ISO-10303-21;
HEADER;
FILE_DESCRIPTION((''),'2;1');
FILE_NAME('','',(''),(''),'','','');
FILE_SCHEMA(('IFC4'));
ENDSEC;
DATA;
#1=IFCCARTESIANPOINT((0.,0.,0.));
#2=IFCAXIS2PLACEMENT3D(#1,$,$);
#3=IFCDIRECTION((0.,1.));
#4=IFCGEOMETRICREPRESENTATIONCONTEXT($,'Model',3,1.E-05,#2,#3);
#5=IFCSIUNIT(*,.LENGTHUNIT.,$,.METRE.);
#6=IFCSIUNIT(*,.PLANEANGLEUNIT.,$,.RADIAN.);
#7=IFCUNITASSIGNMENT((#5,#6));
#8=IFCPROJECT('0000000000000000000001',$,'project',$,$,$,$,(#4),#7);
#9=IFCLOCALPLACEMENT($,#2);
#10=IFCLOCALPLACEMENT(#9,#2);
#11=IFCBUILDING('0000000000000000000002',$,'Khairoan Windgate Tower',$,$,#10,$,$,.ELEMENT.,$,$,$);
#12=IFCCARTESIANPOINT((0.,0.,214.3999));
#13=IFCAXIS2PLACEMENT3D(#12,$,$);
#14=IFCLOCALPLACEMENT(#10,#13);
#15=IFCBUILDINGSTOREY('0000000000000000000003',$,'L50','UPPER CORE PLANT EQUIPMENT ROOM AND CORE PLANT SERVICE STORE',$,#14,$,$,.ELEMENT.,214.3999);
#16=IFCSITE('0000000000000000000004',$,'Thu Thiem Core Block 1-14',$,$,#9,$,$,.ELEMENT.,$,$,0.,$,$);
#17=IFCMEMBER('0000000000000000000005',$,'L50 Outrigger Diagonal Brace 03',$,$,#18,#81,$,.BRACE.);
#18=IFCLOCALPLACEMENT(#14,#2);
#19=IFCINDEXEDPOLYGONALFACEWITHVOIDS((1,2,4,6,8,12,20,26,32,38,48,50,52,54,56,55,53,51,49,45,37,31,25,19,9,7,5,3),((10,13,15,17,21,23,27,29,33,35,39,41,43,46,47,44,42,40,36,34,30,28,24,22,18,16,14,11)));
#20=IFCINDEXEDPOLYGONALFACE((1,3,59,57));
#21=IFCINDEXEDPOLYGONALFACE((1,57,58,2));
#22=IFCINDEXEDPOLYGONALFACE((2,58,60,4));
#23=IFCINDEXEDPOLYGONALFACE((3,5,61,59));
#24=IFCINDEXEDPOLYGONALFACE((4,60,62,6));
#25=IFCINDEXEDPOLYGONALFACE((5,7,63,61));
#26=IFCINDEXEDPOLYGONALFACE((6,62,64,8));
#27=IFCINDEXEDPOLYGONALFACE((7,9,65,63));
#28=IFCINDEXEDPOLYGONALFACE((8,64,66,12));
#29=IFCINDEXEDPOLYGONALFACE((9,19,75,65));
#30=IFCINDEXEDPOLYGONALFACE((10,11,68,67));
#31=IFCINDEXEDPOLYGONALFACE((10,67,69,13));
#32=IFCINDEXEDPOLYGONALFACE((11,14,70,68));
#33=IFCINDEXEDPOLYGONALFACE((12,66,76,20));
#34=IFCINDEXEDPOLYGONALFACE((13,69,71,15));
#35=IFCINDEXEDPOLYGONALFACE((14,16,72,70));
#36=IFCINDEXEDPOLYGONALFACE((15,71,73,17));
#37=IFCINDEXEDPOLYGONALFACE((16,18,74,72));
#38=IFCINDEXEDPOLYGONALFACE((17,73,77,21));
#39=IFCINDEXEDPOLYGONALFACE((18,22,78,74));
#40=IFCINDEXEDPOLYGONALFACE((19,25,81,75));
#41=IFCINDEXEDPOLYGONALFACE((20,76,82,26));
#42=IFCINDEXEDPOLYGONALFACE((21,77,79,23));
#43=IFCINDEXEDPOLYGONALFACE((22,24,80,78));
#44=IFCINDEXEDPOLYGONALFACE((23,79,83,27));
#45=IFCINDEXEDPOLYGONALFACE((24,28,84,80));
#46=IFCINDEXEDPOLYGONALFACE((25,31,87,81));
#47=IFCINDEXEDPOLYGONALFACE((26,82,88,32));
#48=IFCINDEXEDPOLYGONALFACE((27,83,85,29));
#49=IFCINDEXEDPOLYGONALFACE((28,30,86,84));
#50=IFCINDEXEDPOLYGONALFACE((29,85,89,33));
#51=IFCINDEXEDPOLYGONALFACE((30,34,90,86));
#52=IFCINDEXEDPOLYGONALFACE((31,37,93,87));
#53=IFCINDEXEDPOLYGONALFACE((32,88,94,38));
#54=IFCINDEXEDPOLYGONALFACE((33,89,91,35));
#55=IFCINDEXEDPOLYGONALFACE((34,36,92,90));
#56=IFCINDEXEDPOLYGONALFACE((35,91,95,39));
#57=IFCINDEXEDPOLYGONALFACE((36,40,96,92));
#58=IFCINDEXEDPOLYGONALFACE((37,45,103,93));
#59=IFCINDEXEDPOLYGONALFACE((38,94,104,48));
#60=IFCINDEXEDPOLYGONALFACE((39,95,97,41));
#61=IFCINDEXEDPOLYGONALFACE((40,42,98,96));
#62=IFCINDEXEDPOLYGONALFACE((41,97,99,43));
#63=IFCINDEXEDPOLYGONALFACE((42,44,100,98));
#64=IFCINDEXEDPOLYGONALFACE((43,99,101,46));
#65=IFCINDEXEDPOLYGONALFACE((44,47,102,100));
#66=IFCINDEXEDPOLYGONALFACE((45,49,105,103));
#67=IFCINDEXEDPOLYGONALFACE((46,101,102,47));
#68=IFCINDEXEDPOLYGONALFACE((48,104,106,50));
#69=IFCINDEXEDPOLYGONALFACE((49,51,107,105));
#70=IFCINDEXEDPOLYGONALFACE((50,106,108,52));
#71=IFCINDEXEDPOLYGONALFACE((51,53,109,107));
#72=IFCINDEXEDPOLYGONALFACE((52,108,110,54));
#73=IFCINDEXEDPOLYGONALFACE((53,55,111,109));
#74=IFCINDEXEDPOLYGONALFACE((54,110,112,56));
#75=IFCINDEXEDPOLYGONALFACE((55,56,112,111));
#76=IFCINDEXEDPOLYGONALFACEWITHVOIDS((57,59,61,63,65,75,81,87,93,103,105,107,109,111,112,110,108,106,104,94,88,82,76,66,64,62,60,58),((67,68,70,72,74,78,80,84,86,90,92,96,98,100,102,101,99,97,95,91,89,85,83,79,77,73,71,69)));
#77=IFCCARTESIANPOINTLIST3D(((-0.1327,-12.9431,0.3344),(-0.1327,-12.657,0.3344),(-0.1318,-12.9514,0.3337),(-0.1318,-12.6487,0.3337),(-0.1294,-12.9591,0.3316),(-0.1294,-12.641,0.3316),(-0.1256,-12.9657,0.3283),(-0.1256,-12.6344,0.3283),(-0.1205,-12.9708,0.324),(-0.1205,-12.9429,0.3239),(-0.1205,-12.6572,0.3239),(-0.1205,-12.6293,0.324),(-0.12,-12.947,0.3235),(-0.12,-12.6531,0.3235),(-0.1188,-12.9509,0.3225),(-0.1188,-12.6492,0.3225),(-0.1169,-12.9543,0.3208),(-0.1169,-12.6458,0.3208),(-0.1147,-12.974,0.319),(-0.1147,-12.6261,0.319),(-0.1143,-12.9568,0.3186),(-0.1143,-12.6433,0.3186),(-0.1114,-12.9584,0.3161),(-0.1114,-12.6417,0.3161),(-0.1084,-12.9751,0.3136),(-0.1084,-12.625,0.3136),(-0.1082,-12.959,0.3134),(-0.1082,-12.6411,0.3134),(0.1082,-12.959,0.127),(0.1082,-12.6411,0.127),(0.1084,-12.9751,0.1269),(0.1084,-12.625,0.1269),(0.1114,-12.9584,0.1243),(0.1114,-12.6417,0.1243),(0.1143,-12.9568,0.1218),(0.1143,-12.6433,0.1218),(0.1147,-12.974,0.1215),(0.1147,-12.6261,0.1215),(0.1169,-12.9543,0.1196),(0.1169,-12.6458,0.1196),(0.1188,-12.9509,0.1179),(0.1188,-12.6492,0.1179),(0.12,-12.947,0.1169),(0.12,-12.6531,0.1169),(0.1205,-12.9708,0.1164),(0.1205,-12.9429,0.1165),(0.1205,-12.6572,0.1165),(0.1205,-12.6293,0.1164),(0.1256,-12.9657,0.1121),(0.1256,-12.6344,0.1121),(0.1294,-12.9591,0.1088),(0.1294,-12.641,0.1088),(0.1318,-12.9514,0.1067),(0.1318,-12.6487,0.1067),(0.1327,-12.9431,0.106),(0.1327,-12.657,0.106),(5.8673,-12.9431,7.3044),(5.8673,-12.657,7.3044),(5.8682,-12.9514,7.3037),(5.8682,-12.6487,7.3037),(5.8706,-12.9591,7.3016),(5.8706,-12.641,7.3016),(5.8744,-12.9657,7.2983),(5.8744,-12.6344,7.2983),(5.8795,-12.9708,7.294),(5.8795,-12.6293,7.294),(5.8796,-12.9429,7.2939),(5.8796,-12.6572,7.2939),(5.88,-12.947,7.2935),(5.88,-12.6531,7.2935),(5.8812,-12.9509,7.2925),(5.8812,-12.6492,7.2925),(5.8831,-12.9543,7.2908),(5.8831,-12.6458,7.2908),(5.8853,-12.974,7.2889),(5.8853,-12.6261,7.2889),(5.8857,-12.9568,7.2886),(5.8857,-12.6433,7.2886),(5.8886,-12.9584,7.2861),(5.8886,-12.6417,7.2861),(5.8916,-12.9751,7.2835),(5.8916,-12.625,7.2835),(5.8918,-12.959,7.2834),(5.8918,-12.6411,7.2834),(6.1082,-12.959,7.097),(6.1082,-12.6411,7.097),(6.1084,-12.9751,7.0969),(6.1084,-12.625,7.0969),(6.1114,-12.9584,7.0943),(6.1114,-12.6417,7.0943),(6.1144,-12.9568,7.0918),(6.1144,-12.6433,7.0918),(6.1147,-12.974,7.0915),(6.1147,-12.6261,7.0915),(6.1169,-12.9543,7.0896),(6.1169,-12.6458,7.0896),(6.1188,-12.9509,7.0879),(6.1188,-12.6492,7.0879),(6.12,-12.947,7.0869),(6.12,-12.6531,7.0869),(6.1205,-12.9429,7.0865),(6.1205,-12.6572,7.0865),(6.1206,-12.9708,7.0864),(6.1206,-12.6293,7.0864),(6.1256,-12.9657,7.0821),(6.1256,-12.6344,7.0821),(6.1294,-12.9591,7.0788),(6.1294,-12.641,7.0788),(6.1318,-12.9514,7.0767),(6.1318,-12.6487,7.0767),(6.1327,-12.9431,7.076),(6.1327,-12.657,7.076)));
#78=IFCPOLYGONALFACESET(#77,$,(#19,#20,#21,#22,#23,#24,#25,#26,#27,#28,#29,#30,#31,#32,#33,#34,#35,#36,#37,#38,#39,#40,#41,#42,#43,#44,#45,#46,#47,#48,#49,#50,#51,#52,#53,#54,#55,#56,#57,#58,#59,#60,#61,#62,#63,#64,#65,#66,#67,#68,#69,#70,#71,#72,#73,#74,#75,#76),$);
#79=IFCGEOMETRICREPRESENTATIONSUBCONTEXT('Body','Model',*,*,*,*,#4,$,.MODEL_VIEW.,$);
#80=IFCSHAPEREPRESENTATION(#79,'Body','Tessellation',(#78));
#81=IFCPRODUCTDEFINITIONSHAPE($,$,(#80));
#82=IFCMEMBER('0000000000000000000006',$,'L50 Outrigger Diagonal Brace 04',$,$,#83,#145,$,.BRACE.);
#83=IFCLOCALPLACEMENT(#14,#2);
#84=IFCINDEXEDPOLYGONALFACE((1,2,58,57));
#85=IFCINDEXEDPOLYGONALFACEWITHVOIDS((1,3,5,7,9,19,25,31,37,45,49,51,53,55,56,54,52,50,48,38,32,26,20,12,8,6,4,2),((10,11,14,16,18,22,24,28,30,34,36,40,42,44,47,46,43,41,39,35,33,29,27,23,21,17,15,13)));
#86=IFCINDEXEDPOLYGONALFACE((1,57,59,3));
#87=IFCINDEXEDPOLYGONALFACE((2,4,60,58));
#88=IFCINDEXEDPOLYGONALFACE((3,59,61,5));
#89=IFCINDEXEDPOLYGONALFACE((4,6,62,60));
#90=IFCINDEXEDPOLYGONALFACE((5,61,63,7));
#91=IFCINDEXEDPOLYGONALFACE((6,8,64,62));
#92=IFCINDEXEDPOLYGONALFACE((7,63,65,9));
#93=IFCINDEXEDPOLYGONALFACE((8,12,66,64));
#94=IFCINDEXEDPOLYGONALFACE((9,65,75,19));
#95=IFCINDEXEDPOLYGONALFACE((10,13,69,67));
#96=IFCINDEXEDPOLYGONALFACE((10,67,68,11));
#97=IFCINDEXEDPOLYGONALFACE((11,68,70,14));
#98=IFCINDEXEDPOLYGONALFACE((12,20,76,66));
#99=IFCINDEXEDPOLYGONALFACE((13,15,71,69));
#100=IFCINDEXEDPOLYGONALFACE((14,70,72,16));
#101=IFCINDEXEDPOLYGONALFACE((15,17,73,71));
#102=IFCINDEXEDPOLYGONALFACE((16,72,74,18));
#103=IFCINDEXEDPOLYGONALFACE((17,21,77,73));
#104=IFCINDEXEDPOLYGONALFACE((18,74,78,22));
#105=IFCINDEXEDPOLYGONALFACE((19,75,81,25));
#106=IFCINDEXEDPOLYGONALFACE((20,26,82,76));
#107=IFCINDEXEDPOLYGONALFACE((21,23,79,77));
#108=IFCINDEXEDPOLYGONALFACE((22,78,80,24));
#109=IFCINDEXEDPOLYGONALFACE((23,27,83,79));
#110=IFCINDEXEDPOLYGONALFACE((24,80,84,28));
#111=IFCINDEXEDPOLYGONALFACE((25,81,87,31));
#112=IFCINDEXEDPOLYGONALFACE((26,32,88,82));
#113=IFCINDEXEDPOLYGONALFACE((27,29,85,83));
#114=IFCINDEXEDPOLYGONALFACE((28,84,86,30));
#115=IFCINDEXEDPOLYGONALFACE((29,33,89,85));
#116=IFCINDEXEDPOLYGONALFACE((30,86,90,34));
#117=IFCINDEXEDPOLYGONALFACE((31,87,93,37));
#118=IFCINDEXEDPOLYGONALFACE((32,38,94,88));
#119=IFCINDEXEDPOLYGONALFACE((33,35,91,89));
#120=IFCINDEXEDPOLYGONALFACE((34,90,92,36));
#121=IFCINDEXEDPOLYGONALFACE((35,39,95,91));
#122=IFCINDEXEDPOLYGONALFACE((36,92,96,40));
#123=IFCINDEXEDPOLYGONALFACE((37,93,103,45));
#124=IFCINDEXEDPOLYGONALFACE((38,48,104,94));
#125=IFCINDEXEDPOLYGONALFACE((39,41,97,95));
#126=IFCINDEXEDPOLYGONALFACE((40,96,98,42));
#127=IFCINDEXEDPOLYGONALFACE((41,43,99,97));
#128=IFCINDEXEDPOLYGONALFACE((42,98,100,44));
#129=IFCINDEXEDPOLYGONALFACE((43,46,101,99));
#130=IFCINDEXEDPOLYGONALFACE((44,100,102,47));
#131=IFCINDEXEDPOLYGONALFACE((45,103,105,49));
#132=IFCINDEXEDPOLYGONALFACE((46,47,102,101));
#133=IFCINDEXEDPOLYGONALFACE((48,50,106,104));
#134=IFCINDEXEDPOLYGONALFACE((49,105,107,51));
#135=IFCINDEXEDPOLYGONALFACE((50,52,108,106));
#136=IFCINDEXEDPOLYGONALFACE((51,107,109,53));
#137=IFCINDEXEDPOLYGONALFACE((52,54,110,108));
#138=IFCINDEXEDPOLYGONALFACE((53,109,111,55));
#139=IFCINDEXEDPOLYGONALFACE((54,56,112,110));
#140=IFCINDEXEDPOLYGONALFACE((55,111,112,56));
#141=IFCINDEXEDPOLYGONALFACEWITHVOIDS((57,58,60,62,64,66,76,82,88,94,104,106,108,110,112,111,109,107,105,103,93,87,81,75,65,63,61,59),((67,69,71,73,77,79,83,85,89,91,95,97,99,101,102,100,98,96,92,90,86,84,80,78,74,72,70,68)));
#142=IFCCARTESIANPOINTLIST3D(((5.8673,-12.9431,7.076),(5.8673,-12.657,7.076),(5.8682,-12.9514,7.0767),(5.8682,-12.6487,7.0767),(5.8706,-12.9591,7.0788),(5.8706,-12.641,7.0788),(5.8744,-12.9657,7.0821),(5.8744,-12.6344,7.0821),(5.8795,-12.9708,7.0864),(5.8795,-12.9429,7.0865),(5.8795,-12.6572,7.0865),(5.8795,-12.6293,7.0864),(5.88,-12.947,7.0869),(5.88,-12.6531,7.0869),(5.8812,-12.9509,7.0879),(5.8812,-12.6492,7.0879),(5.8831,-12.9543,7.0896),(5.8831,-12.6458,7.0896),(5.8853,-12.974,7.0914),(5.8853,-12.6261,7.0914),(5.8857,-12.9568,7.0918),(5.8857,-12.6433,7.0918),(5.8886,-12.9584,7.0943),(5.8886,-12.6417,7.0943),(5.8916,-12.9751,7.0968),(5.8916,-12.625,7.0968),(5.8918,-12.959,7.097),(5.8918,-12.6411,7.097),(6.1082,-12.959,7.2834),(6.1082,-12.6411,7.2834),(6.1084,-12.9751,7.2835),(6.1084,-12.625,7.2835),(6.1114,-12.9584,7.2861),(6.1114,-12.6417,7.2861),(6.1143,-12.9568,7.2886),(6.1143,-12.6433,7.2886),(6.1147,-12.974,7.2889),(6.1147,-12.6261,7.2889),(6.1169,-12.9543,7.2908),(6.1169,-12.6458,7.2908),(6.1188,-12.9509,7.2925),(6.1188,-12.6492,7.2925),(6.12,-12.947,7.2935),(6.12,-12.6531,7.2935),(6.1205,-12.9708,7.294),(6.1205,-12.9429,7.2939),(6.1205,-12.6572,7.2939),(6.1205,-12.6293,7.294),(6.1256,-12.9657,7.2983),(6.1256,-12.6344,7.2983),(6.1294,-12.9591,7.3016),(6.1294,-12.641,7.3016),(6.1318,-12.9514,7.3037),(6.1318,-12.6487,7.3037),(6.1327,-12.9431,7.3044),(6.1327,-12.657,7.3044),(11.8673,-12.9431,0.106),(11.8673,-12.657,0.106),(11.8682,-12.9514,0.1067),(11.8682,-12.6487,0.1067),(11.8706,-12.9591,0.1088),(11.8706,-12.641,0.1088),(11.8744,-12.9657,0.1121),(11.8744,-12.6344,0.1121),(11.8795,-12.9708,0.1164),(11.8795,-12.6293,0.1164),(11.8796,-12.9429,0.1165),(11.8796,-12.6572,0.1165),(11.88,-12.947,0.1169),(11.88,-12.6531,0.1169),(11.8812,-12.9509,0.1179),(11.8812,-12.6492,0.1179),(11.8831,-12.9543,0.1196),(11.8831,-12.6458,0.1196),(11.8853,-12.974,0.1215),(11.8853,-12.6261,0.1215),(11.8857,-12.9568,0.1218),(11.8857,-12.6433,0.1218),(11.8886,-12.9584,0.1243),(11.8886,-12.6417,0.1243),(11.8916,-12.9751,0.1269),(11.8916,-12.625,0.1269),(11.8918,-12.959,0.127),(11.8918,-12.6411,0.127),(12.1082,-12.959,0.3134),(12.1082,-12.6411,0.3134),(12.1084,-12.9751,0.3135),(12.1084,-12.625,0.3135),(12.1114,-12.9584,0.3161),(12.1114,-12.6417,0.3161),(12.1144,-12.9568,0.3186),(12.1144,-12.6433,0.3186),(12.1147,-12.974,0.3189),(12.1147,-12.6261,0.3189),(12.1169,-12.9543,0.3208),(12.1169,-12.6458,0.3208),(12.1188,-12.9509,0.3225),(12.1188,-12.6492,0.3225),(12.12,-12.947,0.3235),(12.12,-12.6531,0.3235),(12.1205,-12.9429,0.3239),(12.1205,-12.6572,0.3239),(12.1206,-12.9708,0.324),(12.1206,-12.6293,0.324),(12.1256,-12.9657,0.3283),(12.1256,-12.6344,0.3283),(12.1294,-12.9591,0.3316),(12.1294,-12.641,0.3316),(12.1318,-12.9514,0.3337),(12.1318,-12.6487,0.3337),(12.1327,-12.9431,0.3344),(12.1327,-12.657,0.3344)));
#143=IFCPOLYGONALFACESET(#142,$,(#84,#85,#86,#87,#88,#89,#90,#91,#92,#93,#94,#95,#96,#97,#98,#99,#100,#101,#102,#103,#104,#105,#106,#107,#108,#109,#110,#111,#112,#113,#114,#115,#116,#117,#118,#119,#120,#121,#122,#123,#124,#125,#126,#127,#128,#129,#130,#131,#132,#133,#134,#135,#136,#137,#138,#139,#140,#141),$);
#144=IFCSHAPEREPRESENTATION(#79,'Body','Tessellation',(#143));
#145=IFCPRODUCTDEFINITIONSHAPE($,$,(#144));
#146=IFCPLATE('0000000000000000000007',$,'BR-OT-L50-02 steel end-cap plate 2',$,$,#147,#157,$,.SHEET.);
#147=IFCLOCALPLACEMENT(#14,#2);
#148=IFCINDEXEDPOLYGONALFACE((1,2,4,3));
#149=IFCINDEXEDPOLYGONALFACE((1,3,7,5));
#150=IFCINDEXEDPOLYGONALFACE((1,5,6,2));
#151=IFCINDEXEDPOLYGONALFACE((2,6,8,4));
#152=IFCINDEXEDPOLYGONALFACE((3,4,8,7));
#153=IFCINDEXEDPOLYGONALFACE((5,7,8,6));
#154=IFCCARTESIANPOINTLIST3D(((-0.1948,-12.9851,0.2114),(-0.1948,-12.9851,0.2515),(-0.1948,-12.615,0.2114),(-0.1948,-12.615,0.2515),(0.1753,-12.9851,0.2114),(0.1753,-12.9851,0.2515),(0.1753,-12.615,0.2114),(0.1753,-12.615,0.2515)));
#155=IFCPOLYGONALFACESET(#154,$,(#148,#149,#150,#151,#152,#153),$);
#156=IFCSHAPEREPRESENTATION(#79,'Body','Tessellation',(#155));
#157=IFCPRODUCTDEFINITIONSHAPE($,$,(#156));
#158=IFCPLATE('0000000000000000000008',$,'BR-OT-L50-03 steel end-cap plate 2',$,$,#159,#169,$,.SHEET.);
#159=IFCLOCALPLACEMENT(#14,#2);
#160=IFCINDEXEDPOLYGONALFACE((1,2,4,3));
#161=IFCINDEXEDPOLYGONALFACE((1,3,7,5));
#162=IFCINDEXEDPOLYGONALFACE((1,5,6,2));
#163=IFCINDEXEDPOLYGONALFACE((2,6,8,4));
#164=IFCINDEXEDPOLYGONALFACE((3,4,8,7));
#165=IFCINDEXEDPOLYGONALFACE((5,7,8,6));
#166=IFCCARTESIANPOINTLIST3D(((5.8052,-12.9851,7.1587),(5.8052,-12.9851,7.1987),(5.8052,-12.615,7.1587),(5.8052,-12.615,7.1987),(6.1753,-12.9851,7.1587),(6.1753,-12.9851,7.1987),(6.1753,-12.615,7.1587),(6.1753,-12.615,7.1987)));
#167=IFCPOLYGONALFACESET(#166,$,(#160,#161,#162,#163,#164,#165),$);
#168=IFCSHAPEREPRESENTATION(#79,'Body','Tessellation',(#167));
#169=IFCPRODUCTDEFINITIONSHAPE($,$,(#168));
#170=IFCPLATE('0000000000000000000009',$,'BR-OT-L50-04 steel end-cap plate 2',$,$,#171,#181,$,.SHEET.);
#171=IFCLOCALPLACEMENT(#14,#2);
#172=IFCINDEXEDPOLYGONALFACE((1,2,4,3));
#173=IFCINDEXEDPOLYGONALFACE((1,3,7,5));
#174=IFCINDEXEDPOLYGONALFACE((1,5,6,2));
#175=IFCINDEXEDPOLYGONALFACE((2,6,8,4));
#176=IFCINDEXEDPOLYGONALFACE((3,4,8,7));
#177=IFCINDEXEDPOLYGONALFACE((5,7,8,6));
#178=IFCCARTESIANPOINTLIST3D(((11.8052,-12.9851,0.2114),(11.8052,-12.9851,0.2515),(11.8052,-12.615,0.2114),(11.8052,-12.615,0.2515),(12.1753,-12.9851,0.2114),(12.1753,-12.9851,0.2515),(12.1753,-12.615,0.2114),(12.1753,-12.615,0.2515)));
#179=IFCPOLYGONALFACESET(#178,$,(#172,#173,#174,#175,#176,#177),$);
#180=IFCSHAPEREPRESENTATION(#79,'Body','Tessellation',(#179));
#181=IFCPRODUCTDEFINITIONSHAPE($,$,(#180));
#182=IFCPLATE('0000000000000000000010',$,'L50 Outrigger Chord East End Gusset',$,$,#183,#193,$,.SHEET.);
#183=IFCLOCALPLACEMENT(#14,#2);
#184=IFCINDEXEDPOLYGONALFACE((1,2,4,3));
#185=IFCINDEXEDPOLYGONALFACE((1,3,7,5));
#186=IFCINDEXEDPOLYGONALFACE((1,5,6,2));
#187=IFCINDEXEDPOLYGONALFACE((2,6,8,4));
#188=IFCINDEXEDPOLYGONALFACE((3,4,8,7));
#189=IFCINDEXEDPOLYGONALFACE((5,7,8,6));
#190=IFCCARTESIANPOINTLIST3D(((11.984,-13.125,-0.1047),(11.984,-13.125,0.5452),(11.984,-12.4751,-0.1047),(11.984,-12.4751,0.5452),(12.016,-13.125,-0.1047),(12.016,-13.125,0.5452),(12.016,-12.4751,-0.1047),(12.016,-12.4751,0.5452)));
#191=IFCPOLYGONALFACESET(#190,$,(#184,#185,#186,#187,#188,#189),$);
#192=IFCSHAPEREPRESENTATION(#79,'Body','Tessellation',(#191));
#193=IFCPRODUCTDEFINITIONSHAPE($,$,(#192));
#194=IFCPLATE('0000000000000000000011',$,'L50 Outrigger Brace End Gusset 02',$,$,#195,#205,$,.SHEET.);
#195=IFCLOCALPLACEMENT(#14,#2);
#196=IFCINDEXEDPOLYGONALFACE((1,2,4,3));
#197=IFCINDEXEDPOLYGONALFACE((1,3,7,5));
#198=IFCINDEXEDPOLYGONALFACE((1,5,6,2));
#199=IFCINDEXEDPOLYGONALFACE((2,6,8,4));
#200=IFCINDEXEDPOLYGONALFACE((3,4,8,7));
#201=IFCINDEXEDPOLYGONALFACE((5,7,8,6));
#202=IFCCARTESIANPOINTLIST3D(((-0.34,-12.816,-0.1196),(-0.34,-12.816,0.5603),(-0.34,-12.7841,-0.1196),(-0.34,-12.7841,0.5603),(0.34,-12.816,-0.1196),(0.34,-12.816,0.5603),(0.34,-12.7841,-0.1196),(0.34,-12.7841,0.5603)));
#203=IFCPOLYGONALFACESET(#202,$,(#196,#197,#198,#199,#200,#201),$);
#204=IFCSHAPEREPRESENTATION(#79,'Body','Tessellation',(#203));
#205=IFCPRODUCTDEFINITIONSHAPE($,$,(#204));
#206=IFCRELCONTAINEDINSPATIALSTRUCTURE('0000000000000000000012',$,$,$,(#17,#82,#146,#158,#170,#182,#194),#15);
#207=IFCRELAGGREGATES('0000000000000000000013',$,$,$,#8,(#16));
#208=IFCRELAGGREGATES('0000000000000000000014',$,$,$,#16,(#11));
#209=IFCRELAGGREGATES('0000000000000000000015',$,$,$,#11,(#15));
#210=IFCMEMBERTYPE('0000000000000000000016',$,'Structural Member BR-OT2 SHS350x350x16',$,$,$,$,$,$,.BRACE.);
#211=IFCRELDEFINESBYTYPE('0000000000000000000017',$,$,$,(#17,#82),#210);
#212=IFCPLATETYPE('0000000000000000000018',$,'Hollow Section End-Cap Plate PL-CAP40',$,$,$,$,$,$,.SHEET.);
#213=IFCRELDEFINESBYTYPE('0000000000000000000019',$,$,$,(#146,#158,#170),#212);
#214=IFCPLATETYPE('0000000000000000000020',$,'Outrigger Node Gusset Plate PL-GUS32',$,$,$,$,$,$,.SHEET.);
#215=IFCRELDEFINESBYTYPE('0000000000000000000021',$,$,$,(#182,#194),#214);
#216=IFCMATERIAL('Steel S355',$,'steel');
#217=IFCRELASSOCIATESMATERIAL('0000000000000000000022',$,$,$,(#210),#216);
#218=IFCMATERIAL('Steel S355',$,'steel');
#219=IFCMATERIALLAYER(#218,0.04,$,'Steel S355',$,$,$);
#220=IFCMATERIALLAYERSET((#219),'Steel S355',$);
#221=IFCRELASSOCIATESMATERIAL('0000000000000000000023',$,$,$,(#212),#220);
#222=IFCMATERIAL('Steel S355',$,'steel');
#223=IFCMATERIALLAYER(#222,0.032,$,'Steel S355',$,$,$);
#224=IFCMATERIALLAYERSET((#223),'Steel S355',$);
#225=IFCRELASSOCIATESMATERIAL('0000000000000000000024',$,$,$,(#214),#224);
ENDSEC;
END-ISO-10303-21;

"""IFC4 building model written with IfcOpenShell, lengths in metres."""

from ifc_helpers import new_model, si_unit, direction, frame, origin, origin_2d, place, context, subcontext, project, spatial, rectangle, hollow_rectangle, extrude, material, layer, layer_set, material_profile, profile_set, type_object, element, save


model = new_model("IFC4")

# Units and contexts
model_context = context("Model", 3, precision=1e-05, world=origin(), true_north=direction((0.0, 1.0)))
body_context = subcontext(model_context, "Body", "Model", "MODEL_VIEW")
ifc_project = project(units=[si_unit("LENGTHUNIT", "METRE"), si_unit("PLANEANGLEUNIT", "RADIAN")], contexts=[model_context])

# Site, building, storey
site_placement = place(None, origin())
site = spatial("IfcSite", under=ifc_project, at=site_placement, Name="Thu Thiem Core Block 1-14", CompositionType="ELEMENT", RefElevation=0.0)
building_placement = place(site_placement, origin())
building = spatial("IfcBuilding", under=site, at=building_placement, Name="Khairoan Windgate Tower", CompositionType="ELEMENT")
storey_placement = place(building_placement, frame((0.0, 0.0, 214.3999)))
storey = spatial("IfcBuildingStorey", under=building, at=storey_placement, Name="L50", Description="UPPER CORE PLANT EQUIPMENT ROOM AND CORE PLANT SERVICE STORE", CompositionType="ELEMENT", Elevation=214.3999)

# Members
ifc_material_1 = material(Name="Steel S355", Category="steel")
ifc_material_profile_1 = material_profile(ifc_material_1, hollow_rectangle(XDim=0.3501, YDim=0.3501, WallThickness=0.0161, InnerFilletRadius=0.0161, OuterFilletRadius=0.032, at=origin_2d()))
ifc_profile_set_1 = profile_set([ifc_material_profile_1], Name="Steel S355")
member_type = type_object("IfcMemberType", Name="Structural Member BR-OT2 SHS350x350x16", PredefinedType="BRACE", material=ifc_profile_set_1)
for number, where, z_axis, x_axis, name in (
    (1, (0.0, -12.8, 0.2202), (0.652403, 0.0, 0.757872), (0.0, 1.0, 0.0), "L50 Outrigger Diagonal Brace 03"),
    (2, (6.0, -12.8, 7.1902), (0.652403, 0.0, -0.757872), (0.0, 1.0, 0.0), "L50 Outrigger Diagonal Brace 04"),
):
    element("IfcMember", number, at=place(storey_placement, frame(where, z_axis=z_axis, x_axis=x_axis)), inside=storey, type_object=member_type, Name=name, PredefinedType="BRACE", context=body_context, shape_type="SweptSolid", body=[
        extrude(hollow_rectangle(XDim=0.3501, YDim=0.3501, WallThickness=0.0161, InnerFilletRadius=0.0161, OuterFilletRadius=0.032, at=origin_2d()), origin(), (0.0, 0.0, 1.0), 9.1968),
    ])

# Plates
ifc_material_2 = material(Name="Steel S355", Category="steel")
ifc_layer_1 = layer(ifc_material_2, 0.04, Name="Steel S355")
ifc_layer_set_1 = layer_set([ifc_layer_1], Name="Steel S355")
plate_type_1 = type_object("IfcPlateType", Name="Hollow Section End-Cap Plate PL-CAP40", PredefinedType="SHEET", material=ifc_layer_set_1)
for number, where, z_axis, x_axis, name in (
    (3, (-0.0098, -12.8, 0.2114), (0.0, 0.0, 1.0), (1.0, 0.0, 0.0), "BR-OT-L50-02 steel end-cap plate 2"),
    (4, (5.9902, -12.8, 7.1587), (0.0, 0.0, 1.0), (1.0, 0.0, 0.0), "BR-OT-L50-03 steel end-cap plate 2"),
    (5, (11.9902, -12.8, 0.2114), (0.0, 0.0, 1.0), (1.0, 0.0, 0.0), "BR-OT-L50-04 steel end-cap plate 2"),
):
    element("IfcPlate", number, at=place(storey_placement, frame(where, z_axis=z_axis, x_axis=x_axis)), inside=storey, type_object=plate_type_1, Name=name, PredefinedType="SHEET", context=body_context, shape_type="SweptSolid", body=[
        extrude(rectangle(XDim=0.3701, YDim=0.3701, at=origin_2d()), origin(), (0.0, 0.0, 1.0), 0.04),
    ])
ifc_material_3 = material(Name="Steel S355", Category="steel")
ifc_layer_2 = layer(ifc_material_3, 0.032, Name="Steel S355")
ifc_layer_set_2 = layer_set([ifc_layer_2], Name="Steel S355")
plate_type_2 = type_object("IfcPlateType", Name="Outrigger Node Gusset Plate PL-GUS32", PredefinedType="SHEET", material=ifc_layer_set_2)
plate_1_placement = place(storey_placement, frame((12.0, -12.8, -0.1047), z_axis=(0.0, 0.0, 1.0), x_axis=(1.0, 0.0, 0.0)))
element("IfcPlate", 6, at=plate_1_placement, inside=storey, type_object=plate_type_2, Name="L50 Outrigger Chord East End Gusset", PredefinedType="SHEET", context=body_context, shape_type="SweptSolid", body=[
    extrude(rectangle(XDim=0.032, YDim=0.6499, at=origin_2d()), origin(), (0.0, 0.0, 1.0), 0.6499),
])
plate_2_placement = place(storey_placement, frame((0.0, -12.8, -0.1196), z_axis=(0.0, 0.0, 1.0), x_axis=(1.0, 0.0, 0.0)))
element("IfcPlate", 7, at=plate_2_placement, inside=storey, type_object=plate_type_2, Name="L50 Outrigger Brace End Gusset 02", PredefinedType="SHEET", context=body_context, shape_type="SweptSolid", body=[
    extrude(rectangle(XDim=0.6799, YDim=0.032, at=origin_2d()), origin(), (0.0, 0.0, 1.0), 0.6799),
])

save(model, "model.ifc")
